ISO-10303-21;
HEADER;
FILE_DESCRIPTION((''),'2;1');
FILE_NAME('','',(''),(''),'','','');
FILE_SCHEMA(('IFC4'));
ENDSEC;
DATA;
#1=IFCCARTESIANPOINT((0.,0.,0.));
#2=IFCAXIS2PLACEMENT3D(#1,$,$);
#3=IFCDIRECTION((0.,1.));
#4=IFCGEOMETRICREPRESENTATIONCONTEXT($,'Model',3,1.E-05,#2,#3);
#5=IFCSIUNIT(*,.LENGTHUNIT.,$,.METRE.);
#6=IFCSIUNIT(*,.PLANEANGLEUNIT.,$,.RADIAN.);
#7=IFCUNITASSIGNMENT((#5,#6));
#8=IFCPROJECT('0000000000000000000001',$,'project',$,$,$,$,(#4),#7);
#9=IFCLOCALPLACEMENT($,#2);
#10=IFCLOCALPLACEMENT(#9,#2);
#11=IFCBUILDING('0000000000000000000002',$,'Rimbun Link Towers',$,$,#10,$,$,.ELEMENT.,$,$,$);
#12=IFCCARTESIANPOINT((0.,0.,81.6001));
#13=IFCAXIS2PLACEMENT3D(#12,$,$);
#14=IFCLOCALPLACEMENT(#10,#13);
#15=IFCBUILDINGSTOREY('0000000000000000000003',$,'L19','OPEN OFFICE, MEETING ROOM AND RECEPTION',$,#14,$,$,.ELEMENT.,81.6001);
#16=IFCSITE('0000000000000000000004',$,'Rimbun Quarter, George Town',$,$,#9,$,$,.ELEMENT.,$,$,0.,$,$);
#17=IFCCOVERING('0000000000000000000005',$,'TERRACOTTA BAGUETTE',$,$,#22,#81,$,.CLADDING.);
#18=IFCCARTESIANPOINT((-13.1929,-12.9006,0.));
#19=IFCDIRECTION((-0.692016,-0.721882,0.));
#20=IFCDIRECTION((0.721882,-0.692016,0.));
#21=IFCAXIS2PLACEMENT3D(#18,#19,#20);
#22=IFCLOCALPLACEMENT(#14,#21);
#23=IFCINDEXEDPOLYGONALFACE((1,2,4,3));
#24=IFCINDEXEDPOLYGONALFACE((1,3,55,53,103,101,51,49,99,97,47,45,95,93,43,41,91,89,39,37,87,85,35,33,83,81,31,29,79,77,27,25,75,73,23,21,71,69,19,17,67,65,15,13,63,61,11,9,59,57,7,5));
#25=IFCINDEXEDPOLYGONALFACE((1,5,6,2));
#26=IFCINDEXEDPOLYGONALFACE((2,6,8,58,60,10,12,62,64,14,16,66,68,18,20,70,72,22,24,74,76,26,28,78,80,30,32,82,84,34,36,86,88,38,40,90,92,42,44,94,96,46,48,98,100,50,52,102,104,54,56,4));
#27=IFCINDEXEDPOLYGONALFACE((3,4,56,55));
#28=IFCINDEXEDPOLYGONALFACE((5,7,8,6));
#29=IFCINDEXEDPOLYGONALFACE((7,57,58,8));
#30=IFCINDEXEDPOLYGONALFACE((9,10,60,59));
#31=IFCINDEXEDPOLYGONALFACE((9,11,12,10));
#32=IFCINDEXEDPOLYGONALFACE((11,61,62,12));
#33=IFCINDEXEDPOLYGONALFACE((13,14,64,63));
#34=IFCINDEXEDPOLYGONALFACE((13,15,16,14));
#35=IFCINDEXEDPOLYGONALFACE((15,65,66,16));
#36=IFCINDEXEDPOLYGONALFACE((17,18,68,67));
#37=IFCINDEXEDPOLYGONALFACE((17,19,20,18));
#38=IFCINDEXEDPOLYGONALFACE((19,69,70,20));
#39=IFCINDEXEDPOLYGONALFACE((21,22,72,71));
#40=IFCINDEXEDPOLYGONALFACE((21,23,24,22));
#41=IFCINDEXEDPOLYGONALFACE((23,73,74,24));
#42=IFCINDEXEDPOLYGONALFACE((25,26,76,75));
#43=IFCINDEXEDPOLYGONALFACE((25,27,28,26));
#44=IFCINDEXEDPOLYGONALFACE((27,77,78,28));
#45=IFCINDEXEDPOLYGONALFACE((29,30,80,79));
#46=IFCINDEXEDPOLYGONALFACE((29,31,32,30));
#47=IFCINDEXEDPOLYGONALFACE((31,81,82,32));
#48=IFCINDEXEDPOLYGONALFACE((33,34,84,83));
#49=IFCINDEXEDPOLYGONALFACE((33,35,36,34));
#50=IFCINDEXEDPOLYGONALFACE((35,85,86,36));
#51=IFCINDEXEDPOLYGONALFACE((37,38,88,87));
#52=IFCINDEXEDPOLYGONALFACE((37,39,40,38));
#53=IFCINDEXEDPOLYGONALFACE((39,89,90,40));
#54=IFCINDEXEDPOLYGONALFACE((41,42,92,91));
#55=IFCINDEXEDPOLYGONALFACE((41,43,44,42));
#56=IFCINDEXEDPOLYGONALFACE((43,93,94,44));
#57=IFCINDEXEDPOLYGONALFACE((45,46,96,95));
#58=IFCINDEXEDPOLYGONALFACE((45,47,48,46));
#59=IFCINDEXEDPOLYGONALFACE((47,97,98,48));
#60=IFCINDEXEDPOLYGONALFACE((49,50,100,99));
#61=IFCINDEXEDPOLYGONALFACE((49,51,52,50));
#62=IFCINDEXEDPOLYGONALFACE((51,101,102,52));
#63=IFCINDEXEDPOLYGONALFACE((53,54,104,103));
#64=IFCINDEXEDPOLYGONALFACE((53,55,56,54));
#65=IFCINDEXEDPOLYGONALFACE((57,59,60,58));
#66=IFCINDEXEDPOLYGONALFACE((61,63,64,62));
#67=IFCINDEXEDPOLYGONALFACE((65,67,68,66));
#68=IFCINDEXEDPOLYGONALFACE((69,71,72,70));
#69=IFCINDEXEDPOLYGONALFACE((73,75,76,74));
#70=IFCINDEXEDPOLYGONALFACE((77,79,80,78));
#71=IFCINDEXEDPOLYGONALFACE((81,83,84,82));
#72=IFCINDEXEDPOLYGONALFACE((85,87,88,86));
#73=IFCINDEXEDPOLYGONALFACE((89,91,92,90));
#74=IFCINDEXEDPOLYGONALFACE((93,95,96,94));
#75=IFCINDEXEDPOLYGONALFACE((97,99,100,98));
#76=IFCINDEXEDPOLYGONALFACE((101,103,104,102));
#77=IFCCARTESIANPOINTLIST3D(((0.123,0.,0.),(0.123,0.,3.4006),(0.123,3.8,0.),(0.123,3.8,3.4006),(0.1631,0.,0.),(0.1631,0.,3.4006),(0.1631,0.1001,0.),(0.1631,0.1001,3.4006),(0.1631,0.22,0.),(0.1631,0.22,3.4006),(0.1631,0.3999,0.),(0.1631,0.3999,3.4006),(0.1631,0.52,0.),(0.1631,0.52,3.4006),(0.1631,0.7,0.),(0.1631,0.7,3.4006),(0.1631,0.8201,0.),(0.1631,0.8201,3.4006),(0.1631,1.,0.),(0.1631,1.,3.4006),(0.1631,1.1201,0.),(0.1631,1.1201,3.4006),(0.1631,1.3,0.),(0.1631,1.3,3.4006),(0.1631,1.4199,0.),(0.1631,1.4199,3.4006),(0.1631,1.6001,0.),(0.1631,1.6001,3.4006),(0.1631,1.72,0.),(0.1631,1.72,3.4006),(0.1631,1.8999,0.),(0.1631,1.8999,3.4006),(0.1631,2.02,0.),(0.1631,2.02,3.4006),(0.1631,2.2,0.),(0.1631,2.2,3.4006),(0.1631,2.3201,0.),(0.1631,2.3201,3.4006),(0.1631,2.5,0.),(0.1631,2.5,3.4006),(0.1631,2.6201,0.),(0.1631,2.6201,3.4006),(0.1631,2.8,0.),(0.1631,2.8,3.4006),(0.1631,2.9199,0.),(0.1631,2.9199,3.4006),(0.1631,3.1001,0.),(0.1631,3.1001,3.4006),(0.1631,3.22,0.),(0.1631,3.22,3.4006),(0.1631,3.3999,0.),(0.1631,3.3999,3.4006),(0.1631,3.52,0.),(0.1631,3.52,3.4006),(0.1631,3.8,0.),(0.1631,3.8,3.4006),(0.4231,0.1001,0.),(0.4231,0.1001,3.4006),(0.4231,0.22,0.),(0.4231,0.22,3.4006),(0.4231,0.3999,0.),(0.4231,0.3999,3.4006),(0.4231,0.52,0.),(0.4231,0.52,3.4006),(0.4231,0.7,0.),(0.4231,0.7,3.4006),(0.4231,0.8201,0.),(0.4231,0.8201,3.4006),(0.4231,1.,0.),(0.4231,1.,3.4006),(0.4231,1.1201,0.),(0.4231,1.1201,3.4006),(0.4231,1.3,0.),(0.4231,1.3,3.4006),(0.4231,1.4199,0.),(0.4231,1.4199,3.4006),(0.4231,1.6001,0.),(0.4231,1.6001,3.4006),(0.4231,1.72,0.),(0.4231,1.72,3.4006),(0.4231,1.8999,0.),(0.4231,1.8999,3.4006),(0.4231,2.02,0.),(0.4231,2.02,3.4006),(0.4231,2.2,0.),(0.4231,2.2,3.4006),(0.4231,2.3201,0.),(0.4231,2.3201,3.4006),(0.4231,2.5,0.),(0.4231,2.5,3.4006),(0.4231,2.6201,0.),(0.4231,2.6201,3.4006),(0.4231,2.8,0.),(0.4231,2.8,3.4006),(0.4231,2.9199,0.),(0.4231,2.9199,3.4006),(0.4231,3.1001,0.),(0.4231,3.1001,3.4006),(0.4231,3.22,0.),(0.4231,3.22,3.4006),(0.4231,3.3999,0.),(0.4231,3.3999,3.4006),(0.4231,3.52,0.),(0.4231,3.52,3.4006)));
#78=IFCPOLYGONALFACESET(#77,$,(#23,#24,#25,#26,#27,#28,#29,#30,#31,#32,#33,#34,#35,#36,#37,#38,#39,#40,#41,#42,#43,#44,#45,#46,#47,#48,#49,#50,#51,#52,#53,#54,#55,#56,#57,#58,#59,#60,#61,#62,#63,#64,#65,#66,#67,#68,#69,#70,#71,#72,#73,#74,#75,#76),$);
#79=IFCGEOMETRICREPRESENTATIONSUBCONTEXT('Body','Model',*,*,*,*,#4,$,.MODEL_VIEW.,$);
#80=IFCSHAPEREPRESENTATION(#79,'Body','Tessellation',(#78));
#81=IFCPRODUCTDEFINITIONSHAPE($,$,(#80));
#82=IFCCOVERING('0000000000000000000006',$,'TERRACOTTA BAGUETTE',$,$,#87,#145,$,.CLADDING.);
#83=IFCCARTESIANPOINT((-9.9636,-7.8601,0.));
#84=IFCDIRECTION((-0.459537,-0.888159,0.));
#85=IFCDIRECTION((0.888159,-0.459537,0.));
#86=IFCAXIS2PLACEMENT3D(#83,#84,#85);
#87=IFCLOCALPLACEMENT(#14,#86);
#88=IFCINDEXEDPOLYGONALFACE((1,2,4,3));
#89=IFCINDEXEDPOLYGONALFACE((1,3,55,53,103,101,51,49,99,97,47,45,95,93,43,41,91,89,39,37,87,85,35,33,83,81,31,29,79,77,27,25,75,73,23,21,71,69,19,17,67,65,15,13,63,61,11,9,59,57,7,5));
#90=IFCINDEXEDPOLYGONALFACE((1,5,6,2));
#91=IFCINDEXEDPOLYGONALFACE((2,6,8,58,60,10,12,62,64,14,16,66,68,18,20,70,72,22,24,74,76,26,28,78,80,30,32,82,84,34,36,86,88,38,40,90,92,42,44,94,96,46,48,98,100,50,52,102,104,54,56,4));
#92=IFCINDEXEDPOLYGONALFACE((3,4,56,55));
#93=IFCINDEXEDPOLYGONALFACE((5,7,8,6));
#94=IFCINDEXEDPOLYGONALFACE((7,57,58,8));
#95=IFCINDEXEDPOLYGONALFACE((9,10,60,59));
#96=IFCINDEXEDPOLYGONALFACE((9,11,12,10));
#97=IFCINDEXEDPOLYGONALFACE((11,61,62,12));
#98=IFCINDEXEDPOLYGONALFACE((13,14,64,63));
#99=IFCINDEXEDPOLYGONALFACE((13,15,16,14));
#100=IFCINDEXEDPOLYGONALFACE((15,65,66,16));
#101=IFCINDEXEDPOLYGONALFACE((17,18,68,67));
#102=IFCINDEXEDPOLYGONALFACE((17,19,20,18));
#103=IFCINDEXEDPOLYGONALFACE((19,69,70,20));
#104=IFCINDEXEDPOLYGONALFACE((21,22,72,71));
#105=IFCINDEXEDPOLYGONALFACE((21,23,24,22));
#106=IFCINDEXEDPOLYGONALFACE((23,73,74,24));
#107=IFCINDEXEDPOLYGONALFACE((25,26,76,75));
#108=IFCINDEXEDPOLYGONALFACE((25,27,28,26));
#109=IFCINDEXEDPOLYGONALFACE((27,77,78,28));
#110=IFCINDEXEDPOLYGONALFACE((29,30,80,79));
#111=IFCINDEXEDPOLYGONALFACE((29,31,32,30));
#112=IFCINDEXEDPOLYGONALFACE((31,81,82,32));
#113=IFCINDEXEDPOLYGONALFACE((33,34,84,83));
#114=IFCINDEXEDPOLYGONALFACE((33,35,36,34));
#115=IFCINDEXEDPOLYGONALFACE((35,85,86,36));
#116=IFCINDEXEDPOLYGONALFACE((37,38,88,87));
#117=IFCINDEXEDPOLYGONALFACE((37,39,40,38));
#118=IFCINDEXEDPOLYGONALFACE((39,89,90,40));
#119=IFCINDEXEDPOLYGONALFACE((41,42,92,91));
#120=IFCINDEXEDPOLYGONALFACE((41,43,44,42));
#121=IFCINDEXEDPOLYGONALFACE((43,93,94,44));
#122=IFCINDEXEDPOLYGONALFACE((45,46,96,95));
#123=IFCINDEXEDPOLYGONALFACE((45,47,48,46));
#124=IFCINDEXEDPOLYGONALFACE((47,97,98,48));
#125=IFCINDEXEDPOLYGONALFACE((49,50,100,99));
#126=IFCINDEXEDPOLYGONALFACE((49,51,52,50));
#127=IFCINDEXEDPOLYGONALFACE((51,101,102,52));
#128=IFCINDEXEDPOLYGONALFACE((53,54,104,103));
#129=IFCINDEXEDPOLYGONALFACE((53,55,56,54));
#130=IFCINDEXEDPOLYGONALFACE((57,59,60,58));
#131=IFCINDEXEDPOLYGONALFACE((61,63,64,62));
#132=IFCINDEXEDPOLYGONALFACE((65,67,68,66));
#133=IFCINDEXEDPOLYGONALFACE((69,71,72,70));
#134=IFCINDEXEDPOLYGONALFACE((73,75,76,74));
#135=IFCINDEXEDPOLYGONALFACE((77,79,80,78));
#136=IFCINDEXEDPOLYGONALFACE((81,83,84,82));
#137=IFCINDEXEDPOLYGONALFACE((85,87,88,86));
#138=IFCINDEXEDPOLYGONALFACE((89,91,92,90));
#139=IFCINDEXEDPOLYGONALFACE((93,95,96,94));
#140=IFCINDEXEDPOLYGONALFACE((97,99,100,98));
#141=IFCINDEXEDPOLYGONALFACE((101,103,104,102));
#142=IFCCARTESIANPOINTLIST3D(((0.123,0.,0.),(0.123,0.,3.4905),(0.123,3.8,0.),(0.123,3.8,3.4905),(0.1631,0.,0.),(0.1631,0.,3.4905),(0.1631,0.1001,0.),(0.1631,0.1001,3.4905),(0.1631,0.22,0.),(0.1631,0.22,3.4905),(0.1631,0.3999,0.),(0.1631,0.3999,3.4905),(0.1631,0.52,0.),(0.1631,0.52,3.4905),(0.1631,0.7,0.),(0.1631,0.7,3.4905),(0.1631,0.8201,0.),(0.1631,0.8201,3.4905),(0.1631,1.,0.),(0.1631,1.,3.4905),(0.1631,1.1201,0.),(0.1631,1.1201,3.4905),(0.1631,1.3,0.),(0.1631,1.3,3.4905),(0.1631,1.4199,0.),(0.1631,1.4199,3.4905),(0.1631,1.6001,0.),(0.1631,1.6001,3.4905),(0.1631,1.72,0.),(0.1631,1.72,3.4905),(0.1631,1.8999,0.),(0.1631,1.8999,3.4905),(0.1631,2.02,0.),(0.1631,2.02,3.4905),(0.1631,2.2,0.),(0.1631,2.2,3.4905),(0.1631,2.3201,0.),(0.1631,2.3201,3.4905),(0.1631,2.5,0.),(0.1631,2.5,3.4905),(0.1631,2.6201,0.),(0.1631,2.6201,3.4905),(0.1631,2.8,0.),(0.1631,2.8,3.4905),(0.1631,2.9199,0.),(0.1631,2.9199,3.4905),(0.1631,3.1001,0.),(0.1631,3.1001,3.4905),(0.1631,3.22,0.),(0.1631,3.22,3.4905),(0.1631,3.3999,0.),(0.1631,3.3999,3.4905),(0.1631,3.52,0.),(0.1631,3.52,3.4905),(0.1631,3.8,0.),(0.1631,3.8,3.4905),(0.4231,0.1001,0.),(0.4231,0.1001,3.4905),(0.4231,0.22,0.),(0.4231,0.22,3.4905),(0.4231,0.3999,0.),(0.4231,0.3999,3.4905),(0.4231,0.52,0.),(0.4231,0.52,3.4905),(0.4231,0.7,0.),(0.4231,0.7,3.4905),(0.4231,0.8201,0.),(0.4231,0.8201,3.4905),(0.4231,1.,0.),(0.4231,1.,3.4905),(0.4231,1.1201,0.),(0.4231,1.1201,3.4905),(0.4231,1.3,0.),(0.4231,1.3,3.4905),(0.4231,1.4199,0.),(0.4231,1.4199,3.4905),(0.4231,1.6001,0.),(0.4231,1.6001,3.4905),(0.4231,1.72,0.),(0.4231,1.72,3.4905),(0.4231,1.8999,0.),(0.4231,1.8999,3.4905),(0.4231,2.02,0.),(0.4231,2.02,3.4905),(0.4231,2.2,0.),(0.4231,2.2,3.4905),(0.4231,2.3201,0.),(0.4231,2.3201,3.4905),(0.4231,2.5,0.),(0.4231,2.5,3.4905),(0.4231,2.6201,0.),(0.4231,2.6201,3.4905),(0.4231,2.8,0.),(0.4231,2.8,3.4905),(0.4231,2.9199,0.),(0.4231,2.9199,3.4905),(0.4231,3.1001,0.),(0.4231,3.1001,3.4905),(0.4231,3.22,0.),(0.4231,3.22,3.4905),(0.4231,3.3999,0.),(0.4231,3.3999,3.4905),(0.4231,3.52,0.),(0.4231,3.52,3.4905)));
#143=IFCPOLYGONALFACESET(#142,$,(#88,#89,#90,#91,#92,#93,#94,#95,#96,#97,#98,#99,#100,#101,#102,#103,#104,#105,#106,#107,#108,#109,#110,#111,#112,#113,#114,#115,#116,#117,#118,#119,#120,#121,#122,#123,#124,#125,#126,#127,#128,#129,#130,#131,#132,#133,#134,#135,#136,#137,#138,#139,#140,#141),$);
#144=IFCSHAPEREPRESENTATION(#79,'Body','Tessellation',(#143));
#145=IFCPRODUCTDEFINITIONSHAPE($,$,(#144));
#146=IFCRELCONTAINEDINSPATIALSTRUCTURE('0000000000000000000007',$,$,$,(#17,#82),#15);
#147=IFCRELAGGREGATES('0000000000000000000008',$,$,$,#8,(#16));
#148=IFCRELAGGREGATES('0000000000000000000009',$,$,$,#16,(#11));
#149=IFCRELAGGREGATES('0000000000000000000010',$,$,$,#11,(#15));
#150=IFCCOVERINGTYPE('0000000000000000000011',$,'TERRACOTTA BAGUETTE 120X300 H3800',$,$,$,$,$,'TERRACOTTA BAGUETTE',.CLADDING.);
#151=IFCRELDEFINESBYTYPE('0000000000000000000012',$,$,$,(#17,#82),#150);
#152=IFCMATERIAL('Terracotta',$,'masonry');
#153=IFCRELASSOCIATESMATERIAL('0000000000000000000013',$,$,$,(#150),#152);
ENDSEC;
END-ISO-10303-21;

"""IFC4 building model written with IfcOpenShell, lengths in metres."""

from ifc_helpers import new_model, si_unit, direction, frame, origin, place, context, subcontext, project, spatial, polyline, outline, extrude, material, material_profile, profile_set, type_object, element, save


model = new_model("IFC4")

# Units and contexts
model_context = context("Model", 3, precision=1e-05, world=origin(), true_north=direction((0.0, 1.0)))
body_context = subcontext(model_context, "Body", "Model", "MODEL_VIEW")
ifc_project = project(units=[si_unit("LENGTHUNIT", "METRE"), si_unit("PLANEANGLEUNIT", "RADIAN")], contexts=[model_context])

# Site, building, storey
site_placement = place(None, origin())
site = spatial("IfcSite", under=ifc_project, at=site_placement, Name="Rimbun Quarter, George Town", CompositionType="ELEMENT", RefElevation=0.0)
building_placement = place(site_placement, origin())
building = spatial("IfcBuilding", under=site, at=building_placement, Name="Rimbun Link Towers", CompositionType="ELEMENT")
storey_placement = place(building_placement, frame((0.0, 0.0, 81.6001)))
storey = spatial("IfcBuildingStorey", under=building, at=storey_placement, Name="L19", Description="OPEN OFFICE, MEETING ROOM AND RECEPTION", CompositionType="ELEMENT", Elevation=81.6001)

# Coverings
ifc_material_1 = material(Name="Terracotta", Category="masonry")
ifc_material_profile_1 = material_profile(ifc_material_1, outline(polyline([(0.123, 0.0), (0.1631, 0.0), (0.1631, 0.1001), (0.4231, 0.1001), (0.4231, 0.22), (0.1631, 0.22), (0.1631, 0.3999), (0.4231, 0.3999), (0.4231, 0.52), (0.1631, 0.52), (0.1631, 0.7), (0.4231, 0.7), (0.4231, 0.8201), (0.1631, 0.8201), (0.1631, 1.0), (0.4231, 1.0), (0.4231, 1.1201), (0.1631, 1.1201), (0.1631, 1.3), (0.4231, 1.3), (0.4231, 1.4199), (0.1631, 1.4199), (0.1631, 1.6001), (0.4231, 1.6001), (0.4231, 1.72), (0.1631, 1.72), (0.1631, 1.8999), (0.4231, 1.8999), (0.4231, 2.02), (0.1631, 2.02), (0.1631, 2.2), (0.4231, 2.2), (0.4231, 2.3201), (0.1631, 2.3201), (0.1631, 2.5), (0.4231, 2.5), (0.4231, 2.6201), (0.1631, 2.6201), (0.1631, 2.8), (0.4231, 2.8), (0.4231, 2.9199), (0.1631, 2.9199), (0.1631, 3.1001), (0.4231, 3.1001), (0.4231, 3.22), (0.1631, 3.22), (0.1631, 3.3999), (0.4231, 3.3999), (0.4231, 3.52), (0.1631, 3.52), (0.1631, 3.8), (0.123, 3.8), (0.123, 0.0)])), Name="BAGUETTE 120X300")
ifc_profile_set_1 = profile_set([ifc_material_profile_1], Name="Terracotta")
covering_type = type_object("IfcCoveringType", Name="TERRACOTTA BAGUETTE 120X300 H3800", ElementType="TERRACOTTA BAGUETTE", PredefinedType="CLADDING", material=ifc_profile_set_1)
covering_1_placement = place(storey_placement, frame((-13.1929, -12.9006, 0.0), z_axis=(-0.692016, -0.721882, 0.0), x_axis=(0.721882, -0.692016, 0.0)))
element("IfcCovering", 1, at=covering_1_placement, inside=storey, type_object=covering_type, Name="TERRACOTTA BAGUETTE", PredefinedType="CLADDING", context=body_context, shape_type="SweptSolid", body=[
    extrude(outline(polyline([(0.123, 0.0), (0.1631, 0.0), (0.1631, 0.1001), (0.4231, 0.1001), (0.4231, 0.22), (0.1631, 0.22), (0.1631, 0.3999), (0.4231, 0.3999), (0.4231, 0.52), (0.1631, 0.52), (0.1631, 0.7), (0.4231, 0.7), (0.4231, 0.8201), (0.1631, 0.8201), (0.1631, 1.0), (0.4231, 1.0), (0.4231, 1.1201), (0.1631, 1.1201), (0.1631, 1.3), (0.4231, 1.3), (0.4231, 1.4199), (0.1631, 1.4199), (0.1631, 1.6001), (0.4231, 1.6001), (0.4231, 1.72), (0.1631, 1.72), (0.1631, 1.8999), (0.4231, 1.8999), (0.4231, 2.02), (0.1631, 2.02), (0.1631, 2.2), (0.4231, 2.2), (0.4231, 2.3201), (0.1631, 2.3201), (0.1631, 2.5), (0.4231, 2.5), (0.4231, 2.6201), (0.1631, 2.6201), (0.1631, 2.8), (0.4231, 2.8), (0.4231, 2.9199), (0.1631, 2.9199), (0.1631, 3.1001), (0.4231, 3.1001), (0.4231, 3.22), (0.1631, 3.22), (0.1631, 3.3999), (0.4231, 3.3999), (0.4231, 3.52), (0.1631, 3.52), (0.1631, 3.8), (0.123, 3.8), (0.123, 0.0)])), origin(), (0.0, 0.0, 1.0), 3.4006),
])
covering_2_placement = place(storey_placement, frame((-9.9636, -7.8601, 0.0), z_axis=(-0.459537, -0.888159, 0.0), x_axis=(0.888159, -0.459537, 0.0)))
element("IfcCovering", 2, at=covering_2_placement, inside=storey, type_object=covering_type, Name="TERRACOTTA BAGUETTE", PredefinedType="CLADDING", context=body_context, shape_type="SweptSolid", body=[
    extrude(outline(polyline([(0.123, 0.0), (0.1631, 0.0), (0.1631, 0.1001), (0.4231, 0.1001), (0.4231, 0.22), (0.1631, 0.22), (0.1631, 0.3999), (0.4231, 0.3999), (0.4231, 0.52), (0.1631, 0.52), (0.1631, 0.7), (0.4231, 0.7), (0.4231, 0.8201), (0.1631, 0.8201), (0.1631, 1.0), (0.4231, 1.0), (0.4231, 1.1201), (0.1631, 1.1201), (0.1631, 1.3), (0.4231, 1.3), (0.4231, 1.4199), (0.1631, 1.4199), (0.1631, 1.6001), (0.4231, 1.6001), (0.4231, 1.72), (0.1631, 1.72), (0.1631, 1.8999), (0.4231, 1.8999), (0.4231, 2.02), (0.1631, 2.02), (0.1631, 2.2), (0.4231, 2.2), (0.4231, 2.3201), (0.1631, 2.3201), (0.1631, 2.5), (0.4231, 2.5), (0.4231, 2.6201), (0.1631, 2.6201), (0.1631, 2.8), (0.4231, 2.8), (0.4231, 2.9199), (0.1631, 2.9199), (0.1631, 3.1001), (0.4231, 3.1001), (0.4231, 3.22), (0.1631, 3.22), (0.1631, 3.3999), (0.4231, 3.3999), (0.4231, 3.52), (0.1631, 3.52), (0.1631, 3.8), (0.123, 3.8), (0.123, 0.0)])), origin(), (0.0, 0.0, 1.0), 3.4905),
])

save(model, "model.ifc")
